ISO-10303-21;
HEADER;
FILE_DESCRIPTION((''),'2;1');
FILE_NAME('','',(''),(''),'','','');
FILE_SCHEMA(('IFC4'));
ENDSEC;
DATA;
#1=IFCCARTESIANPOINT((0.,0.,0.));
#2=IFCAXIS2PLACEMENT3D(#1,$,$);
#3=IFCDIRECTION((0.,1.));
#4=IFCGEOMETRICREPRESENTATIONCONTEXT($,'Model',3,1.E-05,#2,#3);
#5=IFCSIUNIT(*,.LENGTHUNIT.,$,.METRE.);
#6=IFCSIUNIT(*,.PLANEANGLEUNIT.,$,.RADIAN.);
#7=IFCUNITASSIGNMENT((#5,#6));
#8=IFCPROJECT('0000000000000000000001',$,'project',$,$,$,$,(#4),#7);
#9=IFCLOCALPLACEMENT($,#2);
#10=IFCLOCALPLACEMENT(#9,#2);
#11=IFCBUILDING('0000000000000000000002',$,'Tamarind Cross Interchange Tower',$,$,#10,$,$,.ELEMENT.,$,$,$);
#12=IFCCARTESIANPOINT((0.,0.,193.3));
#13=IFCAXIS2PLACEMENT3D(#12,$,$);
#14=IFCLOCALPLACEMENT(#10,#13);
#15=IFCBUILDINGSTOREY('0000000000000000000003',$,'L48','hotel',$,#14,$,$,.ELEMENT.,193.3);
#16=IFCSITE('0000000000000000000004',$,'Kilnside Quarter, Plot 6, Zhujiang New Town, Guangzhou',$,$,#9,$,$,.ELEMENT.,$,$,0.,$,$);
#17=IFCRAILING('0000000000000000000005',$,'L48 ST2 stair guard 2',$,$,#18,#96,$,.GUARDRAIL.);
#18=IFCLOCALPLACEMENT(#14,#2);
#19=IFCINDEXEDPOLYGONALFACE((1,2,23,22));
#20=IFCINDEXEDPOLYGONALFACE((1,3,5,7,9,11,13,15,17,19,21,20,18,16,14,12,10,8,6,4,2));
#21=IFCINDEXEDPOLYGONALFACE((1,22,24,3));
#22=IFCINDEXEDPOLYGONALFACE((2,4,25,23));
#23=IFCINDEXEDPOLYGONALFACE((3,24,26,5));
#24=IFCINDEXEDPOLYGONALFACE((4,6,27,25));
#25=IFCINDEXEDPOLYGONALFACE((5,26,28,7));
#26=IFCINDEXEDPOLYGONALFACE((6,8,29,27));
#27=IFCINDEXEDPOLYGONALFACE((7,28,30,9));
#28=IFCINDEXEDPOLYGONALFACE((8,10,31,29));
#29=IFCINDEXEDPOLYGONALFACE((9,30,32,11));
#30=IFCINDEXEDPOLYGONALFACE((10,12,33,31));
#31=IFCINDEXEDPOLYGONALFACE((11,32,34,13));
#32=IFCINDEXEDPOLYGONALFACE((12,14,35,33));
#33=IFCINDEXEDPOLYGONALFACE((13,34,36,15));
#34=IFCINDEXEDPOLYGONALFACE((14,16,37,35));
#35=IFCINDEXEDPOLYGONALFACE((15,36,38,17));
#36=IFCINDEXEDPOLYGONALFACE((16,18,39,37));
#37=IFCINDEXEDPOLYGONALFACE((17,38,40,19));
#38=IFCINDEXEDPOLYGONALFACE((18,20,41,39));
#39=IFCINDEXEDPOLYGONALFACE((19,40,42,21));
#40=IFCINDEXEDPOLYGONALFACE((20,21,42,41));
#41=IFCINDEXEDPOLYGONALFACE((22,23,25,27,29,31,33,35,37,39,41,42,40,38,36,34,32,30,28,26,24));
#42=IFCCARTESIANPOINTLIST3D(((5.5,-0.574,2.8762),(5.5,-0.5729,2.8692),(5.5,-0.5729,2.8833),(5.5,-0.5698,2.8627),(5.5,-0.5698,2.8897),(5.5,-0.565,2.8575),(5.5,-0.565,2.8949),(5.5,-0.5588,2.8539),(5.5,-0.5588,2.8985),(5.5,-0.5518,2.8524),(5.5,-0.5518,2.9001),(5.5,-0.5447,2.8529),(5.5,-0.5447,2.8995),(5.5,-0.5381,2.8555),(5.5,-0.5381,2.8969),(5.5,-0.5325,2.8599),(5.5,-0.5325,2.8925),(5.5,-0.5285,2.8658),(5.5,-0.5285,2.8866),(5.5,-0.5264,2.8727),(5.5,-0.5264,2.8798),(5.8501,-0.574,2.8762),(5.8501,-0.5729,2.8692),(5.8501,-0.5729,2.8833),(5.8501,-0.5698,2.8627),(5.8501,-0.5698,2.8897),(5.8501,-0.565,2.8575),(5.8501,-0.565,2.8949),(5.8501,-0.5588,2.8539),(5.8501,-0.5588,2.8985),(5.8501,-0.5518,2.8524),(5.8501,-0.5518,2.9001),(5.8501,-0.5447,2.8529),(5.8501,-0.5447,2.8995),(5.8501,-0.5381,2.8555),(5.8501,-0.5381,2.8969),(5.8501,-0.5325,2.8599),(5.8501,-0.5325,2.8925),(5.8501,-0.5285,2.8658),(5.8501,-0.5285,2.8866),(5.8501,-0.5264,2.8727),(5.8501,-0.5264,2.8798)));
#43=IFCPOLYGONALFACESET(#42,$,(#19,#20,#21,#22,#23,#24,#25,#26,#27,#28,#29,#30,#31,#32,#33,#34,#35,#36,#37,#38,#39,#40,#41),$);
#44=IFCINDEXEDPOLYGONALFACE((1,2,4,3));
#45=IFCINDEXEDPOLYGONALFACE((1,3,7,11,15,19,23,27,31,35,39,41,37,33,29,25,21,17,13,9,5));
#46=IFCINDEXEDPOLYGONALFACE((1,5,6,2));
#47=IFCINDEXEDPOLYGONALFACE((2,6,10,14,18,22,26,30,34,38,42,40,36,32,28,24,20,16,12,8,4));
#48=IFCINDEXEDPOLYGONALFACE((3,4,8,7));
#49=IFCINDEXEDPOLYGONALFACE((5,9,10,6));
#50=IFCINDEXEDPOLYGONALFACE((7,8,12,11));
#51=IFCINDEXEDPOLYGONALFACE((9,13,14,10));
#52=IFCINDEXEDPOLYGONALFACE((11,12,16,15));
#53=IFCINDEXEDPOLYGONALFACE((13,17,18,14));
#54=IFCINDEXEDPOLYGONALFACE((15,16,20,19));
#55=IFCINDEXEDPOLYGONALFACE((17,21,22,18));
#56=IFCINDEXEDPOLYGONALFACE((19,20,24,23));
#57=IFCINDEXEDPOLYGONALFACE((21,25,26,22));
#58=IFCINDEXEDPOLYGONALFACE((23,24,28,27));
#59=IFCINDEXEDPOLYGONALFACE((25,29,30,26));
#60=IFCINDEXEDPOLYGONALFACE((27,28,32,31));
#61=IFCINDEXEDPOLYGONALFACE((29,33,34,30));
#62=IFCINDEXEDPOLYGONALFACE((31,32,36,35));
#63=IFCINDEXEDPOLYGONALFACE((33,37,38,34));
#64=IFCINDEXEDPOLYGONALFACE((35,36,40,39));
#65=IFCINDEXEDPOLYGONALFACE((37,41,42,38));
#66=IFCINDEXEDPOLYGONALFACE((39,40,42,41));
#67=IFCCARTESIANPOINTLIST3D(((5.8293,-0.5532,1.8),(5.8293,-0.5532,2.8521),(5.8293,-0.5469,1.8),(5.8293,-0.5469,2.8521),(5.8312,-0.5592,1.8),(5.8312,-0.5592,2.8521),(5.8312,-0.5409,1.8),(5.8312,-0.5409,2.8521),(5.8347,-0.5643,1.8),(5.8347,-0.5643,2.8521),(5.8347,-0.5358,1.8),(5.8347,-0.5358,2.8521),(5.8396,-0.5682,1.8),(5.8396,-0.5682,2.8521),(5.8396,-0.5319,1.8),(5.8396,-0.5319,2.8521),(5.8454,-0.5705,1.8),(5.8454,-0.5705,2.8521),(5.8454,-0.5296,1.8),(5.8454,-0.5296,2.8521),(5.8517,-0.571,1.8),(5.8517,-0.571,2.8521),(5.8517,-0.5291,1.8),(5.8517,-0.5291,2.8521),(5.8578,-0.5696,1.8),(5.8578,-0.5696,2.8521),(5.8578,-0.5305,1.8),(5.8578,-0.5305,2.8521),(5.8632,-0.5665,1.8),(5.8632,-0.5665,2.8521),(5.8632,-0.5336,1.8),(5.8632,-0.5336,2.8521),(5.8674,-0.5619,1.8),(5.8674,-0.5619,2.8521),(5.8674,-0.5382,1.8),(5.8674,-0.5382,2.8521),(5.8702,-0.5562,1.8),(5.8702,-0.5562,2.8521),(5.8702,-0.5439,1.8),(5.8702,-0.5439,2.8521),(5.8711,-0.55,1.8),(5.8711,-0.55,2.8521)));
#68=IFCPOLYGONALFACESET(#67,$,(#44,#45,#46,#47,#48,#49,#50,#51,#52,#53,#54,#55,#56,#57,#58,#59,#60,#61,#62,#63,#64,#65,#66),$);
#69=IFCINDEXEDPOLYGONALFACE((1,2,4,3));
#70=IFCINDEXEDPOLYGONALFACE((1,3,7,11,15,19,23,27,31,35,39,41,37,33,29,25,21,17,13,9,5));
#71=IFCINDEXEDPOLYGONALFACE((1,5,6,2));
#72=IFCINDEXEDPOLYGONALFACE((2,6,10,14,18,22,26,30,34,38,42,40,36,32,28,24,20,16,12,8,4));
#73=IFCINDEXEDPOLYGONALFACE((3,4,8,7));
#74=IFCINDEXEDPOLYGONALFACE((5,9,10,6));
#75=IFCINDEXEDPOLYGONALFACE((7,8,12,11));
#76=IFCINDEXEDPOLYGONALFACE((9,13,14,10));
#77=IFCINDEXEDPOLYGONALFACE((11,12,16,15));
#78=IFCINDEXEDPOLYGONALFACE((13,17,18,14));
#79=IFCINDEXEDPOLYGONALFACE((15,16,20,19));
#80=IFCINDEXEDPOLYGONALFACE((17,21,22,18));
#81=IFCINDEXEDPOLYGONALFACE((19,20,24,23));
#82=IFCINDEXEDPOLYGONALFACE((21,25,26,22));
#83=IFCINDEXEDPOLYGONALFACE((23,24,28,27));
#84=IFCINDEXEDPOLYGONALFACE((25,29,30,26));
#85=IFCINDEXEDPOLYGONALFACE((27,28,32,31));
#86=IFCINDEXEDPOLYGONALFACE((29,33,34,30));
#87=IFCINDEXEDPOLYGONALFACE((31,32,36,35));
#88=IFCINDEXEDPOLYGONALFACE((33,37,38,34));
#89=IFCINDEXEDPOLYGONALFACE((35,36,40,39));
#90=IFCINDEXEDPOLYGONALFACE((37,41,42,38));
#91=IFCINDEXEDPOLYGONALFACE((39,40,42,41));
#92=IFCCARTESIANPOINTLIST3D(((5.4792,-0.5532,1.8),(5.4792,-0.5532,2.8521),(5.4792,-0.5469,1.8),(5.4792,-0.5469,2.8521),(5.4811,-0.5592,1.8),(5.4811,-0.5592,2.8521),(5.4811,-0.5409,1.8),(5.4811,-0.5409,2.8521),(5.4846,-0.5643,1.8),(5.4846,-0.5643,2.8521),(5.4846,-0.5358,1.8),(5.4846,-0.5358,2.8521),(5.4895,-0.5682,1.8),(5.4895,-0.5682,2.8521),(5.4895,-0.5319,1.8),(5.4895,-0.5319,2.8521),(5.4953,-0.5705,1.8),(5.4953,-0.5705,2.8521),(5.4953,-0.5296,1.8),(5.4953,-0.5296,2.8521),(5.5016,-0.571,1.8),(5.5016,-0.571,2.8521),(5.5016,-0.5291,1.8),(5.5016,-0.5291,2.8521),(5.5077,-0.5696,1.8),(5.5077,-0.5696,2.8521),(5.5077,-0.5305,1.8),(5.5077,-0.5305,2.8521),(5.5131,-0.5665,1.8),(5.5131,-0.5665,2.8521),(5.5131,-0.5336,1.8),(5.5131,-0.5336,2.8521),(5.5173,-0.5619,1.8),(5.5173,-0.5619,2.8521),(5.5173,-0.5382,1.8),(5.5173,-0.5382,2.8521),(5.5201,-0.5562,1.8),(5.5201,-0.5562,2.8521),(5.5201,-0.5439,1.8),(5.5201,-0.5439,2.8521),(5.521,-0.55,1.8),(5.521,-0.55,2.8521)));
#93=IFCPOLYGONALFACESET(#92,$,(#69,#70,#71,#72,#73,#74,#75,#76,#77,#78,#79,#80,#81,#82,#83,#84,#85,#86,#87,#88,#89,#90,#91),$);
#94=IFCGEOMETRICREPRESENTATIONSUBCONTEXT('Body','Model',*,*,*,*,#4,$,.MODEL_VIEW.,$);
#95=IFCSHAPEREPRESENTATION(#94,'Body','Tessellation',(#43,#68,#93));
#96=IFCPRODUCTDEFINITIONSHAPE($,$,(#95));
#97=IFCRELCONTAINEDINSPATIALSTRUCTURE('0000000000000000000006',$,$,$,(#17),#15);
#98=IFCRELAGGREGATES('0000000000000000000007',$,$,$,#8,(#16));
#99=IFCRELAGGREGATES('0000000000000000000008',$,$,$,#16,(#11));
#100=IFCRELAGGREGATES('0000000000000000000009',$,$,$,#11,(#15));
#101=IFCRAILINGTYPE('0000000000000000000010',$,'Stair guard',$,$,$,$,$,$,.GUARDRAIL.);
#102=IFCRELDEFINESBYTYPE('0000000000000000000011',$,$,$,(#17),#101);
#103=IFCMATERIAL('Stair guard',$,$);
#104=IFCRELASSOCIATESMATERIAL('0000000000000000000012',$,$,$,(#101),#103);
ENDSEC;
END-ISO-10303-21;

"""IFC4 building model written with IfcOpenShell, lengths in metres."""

from ifc_helpers import new_model, si_unit, direction, frame, origin, origin_2d, place, context, subcontext, project, spatial, circle, extrude, material, type_object, element, save


model = new_model("IFC4")

# Units and contexts
model_context = context("Model", 3, precision=1e-05, world=origin(), true_north=direction((0.0, 1.0)))
body_context = subcontext(model_context, "Body", "Model", "MODEL_VIEW")
ifc_project = project(units=[si_unit("LENGTHUNIT", "METRE"), si_unit("PLANEANGLEUNIT", "RADIAN")], contexts=[model_context])

# Site, building, storey
site_placement = place(None, origin())
site = spatial("IfcSite", under=ifc_project, at=site_placement, Name="Kilnside Quarter, Plot 6, Zhujiang New Town, Guangzhou", CompositionType="ELEMENT", RefElevation=0.0)
building_placement = place(site_placement, origin())
building = spatial("IfcBuilding", under=site, at=building_placement, Name="Tamarind Cross Interchange Tower", CompositionType="ELEMENT")
storey_placement = place(building_placement, frame((0.0, 0.0, 193.3)))
storey = spatial("IfcBuildingStorey", under=building, at=storey_placement, Name="L48", Description="hotel", CompositionType="ELEMENT", Elevation=193.3)

# Railing
ifc_material_1 = material(Name="Stair guard")
railing_type_1 = type_object("IfcRailingType", Name="Stair guard", PredefinedType="GUARDRAIL", material=ifc_material_1)
railing_1_placement = place(storey_placement, frame((5.8501, -0.55, 1.8)))
element("IfcRailing", 1, at=railing_1_placement, inside=storey, type_object=railing_type_1, Name="L48 ST2 stair guard 2", PredefinedType="GUARDRAIL", context=body_context, shape_type="SweptSolid", body=[
    extrude(circle(Radius=0.0239, at=origin_2d()), frame((0.0, 0.0, 1.0762), z_axis=(-1.0, 0.0, 0.0), x_axis=(0.0, -1.0, 0.0)), (0.0, 0.0, 1.0), 0.3501),
    extrude(circle(Radius=0.021, at=origin_2d()), origin(), (0.0, 0.0, 1.0), 1.052),
    extrude(circle(Radius=0.021, at=origin_2d()), frame((-0.3501, 0.0, 0.0)), (0.0, 0.0, 1.0), 1.052),
])

save(model, "model.ifc")
